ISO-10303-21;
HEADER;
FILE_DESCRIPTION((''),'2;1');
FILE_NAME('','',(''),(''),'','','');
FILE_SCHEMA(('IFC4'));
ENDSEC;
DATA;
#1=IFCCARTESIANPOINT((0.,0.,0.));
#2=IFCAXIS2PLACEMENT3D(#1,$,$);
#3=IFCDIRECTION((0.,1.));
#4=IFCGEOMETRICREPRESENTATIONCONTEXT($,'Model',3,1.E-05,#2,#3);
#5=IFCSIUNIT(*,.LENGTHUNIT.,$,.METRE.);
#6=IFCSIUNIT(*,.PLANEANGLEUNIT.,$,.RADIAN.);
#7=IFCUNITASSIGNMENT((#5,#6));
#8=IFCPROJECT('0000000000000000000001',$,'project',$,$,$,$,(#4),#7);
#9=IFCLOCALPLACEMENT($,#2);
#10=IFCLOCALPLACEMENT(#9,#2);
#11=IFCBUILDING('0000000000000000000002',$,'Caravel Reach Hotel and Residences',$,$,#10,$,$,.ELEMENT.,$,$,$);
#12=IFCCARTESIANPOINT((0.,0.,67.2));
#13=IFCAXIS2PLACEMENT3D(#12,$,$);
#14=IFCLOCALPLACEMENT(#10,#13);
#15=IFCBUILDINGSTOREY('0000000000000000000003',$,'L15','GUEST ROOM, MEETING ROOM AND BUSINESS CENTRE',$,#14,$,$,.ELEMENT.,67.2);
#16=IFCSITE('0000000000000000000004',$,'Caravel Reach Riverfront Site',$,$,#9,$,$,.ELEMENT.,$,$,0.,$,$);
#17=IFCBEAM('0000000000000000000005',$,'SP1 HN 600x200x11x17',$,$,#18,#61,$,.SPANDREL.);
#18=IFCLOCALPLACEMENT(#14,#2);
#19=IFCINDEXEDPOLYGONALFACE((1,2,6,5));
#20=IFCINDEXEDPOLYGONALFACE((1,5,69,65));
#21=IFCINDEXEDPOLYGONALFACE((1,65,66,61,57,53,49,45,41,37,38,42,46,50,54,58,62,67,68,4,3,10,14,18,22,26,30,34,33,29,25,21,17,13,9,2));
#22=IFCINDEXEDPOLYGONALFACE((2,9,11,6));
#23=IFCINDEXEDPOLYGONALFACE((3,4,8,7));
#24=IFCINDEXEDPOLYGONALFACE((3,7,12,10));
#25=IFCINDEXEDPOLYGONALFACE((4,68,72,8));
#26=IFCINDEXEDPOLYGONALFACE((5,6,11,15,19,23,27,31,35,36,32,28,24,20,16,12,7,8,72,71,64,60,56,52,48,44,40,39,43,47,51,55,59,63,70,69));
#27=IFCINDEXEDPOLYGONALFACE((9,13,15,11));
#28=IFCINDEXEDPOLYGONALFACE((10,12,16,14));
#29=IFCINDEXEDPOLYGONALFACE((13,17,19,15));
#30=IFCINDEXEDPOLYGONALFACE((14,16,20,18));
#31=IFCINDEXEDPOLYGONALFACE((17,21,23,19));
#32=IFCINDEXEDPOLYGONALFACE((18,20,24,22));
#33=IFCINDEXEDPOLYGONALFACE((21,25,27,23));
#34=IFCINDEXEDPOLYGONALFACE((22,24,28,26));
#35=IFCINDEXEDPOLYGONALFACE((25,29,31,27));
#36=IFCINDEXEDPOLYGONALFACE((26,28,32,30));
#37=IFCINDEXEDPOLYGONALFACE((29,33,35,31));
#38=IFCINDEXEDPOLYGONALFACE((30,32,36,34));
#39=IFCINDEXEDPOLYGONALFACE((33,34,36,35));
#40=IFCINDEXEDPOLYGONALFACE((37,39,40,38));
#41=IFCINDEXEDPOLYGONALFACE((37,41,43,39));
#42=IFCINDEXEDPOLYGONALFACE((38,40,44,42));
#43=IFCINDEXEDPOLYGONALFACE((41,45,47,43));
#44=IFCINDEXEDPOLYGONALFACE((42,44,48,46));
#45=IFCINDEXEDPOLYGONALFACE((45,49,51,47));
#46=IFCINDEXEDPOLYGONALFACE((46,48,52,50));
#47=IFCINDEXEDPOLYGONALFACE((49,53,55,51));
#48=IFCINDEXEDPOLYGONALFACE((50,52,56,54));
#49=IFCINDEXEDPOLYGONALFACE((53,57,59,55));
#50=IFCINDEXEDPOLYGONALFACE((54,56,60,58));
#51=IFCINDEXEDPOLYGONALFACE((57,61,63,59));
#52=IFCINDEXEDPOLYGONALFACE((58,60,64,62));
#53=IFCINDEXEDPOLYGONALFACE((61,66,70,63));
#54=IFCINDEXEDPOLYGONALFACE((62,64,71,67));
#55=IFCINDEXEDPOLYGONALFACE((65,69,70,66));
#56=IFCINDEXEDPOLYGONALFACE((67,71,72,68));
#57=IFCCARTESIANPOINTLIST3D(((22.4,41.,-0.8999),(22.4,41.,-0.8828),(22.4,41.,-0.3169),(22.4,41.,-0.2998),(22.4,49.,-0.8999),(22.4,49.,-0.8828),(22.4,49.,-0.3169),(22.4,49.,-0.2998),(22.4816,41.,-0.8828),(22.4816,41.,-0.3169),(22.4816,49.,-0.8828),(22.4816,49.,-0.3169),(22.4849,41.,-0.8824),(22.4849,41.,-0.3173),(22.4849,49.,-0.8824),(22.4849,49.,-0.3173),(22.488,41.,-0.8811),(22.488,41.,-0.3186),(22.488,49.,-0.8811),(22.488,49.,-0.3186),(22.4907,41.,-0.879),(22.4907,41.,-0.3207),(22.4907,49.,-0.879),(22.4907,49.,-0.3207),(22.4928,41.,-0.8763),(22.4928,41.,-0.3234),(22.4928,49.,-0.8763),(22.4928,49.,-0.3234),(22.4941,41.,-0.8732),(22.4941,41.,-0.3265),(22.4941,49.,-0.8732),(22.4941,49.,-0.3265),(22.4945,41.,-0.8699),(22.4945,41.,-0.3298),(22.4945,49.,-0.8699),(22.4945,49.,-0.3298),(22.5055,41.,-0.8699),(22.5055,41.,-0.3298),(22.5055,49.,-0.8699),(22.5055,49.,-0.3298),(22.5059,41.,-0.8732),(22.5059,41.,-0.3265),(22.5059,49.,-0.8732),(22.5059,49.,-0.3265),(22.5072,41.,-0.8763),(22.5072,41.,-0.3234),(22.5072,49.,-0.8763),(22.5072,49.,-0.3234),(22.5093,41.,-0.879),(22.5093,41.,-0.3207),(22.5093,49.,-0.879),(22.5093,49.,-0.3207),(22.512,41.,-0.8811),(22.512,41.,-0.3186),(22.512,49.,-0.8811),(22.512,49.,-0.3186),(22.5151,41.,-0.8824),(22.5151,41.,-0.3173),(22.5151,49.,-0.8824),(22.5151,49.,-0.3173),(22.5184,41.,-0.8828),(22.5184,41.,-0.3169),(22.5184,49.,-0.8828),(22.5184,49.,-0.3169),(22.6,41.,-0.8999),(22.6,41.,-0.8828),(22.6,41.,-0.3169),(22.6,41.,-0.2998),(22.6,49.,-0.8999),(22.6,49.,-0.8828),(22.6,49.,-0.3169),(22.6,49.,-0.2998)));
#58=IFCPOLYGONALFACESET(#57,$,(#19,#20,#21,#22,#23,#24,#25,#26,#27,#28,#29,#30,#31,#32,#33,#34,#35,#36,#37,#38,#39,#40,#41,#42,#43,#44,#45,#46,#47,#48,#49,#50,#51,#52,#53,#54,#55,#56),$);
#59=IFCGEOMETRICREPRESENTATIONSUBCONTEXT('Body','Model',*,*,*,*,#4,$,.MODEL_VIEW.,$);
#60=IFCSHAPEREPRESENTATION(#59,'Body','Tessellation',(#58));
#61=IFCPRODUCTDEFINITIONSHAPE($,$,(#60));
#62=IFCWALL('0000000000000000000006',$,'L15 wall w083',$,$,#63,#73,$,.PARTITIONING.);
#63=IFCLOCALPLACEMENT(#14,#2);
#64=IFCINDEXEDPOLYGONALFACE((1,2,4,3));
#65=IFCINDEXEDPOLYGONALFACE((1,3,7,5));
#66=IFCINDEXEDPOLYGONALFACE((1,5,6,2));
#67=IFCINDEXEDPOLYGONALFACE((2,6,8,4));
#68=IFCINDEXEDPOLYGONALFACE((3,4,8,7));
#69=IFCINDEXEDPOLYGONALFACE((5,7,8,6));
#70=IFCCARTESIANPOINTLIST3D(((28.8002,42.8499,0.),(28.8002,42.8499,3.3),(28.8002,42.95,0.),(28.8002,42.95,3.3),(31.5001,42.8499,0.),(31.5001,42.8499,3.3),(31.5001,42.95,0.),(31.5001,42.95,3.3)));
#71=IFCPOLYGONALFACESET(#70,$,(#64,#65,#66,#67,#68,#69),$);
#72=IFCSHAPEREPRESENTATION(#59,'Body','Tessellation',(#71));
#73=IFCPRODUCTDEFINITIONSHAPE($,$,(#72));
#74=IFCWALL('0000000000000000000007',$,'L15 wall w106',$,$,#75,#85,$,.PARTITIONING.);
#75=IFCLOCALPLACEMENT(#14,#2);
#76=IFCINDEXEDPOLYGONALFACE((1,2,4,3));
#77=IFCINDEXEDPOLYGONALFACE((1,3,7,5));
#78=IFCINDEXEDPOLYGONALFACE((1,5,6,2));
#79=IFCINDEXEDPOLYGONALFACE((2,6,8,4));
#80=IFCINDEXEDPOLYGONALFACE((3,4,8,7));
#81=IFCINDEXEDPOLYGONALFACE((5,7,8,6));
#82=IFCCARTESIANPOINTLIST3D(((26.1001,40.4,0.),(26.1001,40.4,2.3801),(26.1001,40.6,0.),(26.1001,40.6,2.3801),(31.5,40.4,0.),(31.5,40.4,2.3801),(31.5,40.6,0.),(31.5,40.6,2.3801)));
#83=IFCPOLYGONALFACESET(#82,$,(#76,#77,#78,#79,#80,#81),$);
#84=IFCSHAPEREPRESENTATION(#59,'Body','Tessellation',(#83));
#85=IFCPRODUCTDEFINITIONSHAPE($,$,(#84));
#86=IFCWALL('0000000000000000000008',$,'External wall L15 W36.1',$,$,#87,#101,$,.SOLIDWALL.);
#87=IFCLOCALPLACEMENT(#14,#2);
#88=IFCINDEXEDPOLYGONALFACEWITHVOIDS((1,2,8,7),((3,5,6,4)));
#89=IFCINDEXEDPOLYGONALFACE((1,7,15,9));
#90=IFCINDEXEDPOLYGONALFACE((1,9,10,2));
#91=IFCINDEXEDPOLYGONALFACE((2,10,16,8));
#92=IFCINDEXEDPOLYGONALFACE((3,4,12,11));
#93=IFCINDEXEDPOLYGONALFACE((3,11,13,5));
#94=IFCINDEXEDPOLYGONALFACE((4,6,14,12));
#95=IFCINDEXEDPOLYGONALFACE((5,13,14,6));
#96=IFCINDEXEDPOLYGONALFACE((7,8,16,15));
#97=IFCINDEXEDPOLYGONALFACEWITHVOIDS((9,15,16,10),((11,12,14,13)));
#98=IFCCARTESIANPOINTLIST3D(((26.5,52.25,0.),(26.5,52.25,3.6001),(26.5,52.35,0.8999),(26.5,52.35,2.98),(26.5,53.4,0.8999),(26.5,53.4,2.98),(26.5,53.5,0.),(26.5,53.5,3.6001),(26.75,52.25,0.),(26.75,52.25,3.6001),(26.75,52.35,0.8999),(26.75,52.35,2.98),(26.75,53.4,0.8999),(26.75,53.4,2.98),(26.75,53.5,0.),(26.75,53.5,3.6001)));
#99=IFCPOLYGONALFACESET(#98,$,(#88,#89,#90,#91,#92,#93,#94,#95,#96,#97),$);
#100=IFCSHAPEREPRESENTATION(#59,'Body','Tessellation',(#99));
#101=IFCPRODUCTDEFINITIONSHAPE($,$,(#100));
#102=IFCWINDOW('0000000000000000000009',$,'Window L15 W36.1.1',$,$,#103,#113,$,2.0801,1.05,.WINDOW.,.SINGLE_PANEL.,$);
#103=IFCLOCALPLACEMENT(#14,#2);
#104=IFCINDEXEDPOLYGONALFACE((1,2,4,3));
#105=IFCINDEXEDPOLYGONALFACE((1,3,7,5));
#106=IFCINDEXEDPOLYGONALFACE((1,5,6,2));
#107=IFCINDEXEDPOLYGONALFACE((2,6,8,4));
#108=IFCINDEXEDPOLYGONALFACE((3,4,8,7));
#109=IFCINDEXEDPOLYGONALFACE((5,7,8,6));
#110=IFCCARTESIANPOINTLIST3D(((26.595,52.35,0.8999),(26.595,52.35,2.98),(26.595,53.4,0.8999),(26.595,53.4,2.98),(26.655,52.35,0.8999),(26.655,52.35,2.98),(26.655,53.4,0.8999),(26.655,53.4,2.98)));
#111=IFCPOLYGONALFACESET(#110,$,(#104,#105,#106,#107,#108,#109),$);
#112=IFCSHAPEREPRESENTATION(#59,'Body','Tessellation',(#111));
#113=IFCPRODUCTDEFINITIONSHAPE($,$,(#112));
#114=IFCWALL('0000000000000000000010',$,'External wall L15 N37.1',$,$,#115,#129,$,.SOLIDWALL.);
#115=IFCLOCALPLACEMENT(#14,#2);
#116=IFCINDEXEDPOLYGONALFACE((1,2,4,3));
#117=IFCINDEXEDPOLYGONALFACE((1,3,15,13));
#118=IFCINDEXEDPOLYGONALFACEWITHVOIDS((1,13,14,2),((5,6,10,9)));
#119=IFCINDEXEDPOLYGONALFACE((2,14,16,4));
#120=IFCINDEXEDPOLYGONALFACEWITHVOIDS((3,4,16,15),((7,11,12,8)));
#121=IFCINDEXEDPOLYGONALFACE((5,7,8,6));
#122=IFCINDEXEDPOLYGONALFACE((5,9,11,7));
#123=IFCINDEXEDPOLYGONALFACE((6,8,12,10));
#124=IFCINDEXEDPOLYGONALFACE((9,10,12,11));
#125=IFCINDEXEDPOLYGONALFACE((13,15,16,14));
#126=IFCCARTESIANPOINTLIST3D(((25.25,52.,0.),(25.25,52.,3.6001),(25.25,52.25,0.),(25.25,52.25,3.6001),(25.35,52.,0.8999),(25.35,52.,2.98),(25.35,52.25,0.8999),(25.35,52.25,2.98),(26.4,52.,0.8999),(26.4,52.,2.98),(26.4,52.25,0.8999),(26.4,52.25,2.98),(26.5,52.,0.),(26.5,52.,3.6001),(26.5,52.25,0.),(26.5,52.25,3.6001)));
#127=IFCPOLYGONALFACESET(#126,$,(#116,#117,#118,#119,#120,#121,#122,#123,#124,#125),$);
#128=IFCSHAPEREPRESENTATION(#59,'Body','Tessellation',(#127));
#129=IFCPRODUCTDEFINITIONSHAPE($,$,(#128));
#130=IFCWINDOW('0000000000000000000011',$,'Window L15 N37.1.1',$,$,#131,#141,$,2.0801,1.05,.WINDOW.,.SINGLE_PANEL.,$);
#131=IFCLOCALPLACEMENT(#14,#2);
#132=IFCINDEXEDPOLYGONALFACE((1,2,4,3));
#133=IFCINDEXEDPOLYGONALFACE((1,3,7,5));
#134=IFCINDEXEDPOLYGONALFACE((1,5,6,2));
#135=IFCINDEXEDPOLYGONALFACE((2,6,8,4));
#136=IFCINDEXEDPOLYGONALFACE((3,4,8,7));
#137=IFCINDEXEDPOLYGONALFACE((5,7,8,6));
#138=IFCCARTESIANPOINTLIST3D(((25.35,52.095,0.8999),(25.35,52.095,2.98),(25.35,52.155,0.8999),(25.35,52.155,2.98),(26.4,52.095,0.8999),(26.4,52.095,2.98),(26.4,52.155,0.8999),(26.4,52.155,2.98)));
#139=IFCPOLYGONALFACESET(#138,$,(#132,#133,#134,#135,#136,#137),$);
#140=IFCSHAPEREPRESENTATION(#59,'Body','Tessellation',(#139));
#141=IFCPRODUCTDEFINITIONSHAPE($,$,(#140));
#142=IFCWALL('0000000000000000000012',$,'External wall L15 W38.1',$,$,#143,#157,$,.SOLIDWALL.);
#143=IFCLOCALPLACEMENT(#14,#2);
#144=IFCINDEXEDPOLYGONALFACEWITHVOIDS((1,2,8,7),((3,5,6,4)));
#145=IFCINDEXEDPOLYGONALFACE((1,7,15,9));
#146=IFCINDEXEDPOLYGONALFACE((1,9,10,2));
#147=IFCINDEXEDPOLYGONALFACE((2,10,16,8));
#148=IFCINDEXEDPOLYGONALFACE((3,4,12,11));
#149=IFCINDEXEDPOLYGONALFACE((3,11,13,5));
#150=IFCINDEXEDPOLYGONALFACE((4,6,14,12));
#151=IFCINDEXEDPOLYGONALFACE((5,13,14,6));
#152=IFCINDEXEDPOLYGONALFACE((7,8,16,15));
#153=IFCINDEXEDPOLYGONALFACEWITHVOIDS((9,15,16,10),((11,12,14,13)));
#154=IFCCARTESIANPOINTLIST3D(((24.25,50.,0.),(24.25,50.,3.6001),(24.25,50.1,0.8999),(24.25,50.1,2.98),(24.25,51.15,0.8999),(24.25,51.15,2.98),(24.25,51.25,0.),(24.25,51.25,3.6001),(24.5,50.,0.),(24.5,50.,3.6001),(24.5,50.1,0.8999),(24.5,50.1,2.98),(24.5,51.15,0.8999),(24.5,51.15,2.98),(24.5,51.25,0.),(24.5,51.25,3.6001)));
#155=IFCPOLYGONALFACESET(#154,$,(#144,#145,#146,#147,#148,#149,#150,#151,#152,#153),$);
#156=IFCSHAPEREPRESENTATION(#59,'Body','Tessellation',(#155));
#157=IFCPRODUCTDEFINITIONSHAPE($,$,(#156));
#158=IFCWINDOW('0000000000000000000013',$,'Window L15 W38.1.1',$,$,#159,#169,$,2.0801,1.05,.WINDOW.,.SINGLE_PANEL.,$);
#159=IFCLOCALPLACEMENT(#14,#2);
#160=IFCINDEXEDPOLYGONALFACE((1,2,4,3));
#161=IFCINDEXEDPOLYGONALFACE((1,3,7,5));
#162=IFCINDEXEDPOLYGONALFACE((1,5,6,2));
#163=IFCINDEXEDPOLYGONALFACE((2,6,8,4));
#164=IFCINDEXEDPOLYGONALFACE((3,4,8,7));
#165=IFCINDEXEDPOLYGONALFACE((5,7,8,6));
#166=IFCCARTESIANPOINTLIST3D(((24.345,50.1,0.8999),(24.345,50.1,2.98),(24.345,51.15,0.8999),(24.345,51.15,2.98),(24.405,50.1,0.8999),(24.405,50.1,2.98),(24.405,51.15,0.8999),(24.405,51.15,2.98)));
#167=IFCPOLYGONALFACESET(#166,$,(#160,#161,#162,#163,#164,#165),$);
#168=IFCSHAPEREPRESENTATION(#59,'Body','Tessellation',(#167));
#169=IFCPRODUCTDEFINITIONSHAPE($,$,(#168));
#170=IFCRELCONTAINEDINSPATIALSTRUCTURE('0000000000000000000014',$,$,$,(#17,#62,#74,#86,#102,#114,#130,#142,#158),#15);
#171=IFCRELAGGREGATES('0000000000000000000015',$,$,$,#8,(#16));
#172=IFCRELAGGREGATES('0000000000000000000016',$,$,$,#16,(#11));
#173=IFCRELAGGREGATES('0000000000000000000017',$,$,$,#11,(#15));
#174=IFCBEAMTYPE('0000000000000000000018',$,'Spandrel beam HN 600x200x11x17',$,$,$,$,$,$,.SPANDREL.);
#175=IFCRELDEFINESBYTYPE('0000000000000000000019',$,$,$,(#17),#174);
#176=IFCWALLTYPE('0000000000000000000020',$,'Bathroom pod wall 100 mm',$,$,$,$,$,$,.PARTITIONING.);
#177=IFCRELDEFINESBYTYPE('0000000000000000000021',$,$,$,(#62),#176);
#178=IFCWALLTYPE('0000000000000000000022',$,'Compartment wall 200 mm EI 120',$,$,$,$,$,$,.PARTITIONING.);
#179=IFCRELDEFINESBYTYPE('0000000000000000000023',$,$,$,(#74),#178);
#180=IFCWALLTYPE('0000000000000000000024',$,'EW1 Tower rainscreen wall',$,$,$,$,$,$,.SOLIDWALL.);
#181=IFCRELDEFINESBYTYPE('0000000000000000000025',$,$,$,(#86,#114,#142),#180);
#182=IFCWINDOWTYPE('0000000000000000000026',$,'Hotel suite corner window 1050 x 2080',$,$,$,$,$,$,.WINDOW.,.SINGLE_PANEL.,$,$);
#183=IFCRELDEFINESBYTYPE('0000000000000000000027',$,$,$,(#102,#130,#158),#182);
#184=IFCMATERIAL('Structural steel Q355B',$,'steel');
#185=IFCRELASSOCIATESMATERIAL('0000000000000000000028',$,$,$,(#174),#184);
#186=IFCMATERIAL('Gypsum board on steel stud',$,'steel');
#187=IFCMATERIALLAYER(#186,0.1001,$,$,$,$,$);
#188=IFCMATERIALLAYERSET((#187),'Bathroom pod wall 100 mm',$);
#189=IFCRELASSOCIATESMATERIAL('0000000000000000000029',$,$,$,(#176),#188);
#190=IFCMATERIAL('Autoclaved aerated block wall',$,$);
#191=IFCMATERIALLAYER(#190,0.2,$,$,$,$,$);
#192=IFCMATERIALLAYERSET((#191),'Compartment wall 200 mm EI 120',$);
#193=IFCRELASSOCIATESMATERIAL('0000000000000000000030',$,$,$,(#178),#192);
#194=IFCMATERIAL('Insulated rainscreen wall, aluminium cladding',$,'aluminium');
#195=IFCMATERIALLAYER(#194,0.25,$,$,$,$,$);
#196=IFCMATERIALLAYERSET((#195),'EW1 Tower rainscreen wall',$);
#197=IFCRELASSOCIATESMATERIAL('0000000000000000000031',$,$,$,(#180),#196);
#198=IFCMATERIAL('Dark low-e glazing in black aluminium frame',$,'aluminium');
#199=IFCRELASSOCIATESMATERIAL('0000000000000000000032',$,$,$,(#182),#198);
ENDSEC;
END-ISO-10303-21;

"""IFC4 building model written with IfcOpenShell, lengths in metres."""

from ifc_helpers import new_model, si_unit, direction, frame, frame_2d, origin, origin_2d, place, context, subcontext, project, spatial, rectangle, i_section, extrude, material, layer, layer_set, material_profile, profile_set, type_object, element, fill, save


model = new_model("IFC4")

# Units and contexts
model_context = context("Model", 3, precision=1e-05, world=origin(), true_north=direction((0.0, 1.0)))
body_context = subcontext(model_context, "Body", "Model", "MODEL_VIEW")
ifc_project = project(units=[si_unit("LENGTHUNIT", "METRE"), si_unit("PLANEANGLEUNIT", "RADIAN")], contexts=[model_context])

# Site, building, storey
site_placement = place(None, origin())
site = spatial("IfcSite", under=ifc_project, at=site_placement, Name="Caravel Reach Riverfront Site", CompositionType="ELEMENT", RefElevation=0.0)
building_placement = place(site_placement, origin())
building = spatial("IfcBuilding", under=site, at=building_placement, Name="Caravel Reach Hotel and Residences", CompositionType="ELEMENT")
storey_placement = place(building_placement, frame((0.0, 0.0, 67.2)))
storey = spatial("IfcBuildingStorey", under=building, at=storey_placement, Name="L15", Description="GUEST ROOM, MEETING ROOM AND BUSINESS CENTRE", CompositionType="ELEMENT", Elevation=67.2)

# Beam
ifc_material_1 = material(Name="Structural steel Q355B", Category="steel")
ifc_material_profile_1 = material_profile(ifc_material_1, i_section(OverallWidth=0.2, OverallDepth=0.6001, WebThickness=0.011, FlangeThickness=0.0171, FilletRadius=0.0129, at=origin_2d()), Name="HN 600x200x11x17")
ifc_profile_set_1 = profile_set([ifc_material_profile_1], Name="Structural steel Q355B")
beam_type_1 = type_object("IfcBeamType", Name="Spandrel beam HN 600x200x11x17", PredefinedType="SPANDREL", material=ifc_profile_set_1)
beam_1_placement = place(storey_placement, frame((22.5, 49.0, -0.5999), z_axis=(0.0, -1.0, 0.0), x_axis=(1.0, 0.0, 0.0)))
element("IfcBeam", 1, at=beam_1_placement, inside=storey, type_object=beam_type_1, Name="SP1 HN 600x200x11x17", PredefinedType="SPANDREL", context=body_context, shape_type="SweptSolid", body=[
    extrude(i_section(OverallWidth=0.2, OverallDepth=0.6001, WebThickness=0.011, FlangeThickness=0.0171, FilletRadius=0.0129, at=origin_2d()), origin(), (0.0, 0.0, 1.0), 8.0),
])

# Walls
ifc_material_2 = material(Name="Gypsum board on steel stud", Category="steel")
ifc_layer_1 = layer(ifc_material_2, 0.1001)
ifc_layer_set_1 = layer_set([ifc_layer_1], Name="Bathroom pod wall 100 mm")
wall_type_1 = type_object("IfcWallType", Name="Bathroom pod wall 100 mm", PredefinedType="PARTITIONING", material=ifc_layer_set_1)
wall_1_placement = place(storey_placement, frame((28.8, 42.8999, 0.0), z_axis=(0.0, 0.0, 1.0), x_axis=(1.0, 0.0, 0.0)))
element("IfcWall", 2, at=wall_1_placement, inside=storey, type_object=wall_type_1, Name="L15 wall w083", PredefinedType="PARTITIONING", context=body_context, shape_type="SweptSolid", body=[
    extrude(rectangle(XDim=2.7, YDim=0.1001, at=frame_2d((1.3501, 0.0))), origin(), (0.0, 0.0, 1.0), 3.3),
])
ifc_material_3 = material(Name="Autoclaved aerated block wall")
ifc_layer_2 = layer(ifc_material_3, 0.2)
ifc_layer_set_2 = layer_set([ifc_layer_2], Name="Compartment wall 200 mm EI 120")
wall_type_2 = type_object("IfcWallType", Name="Compartment wall 200 mm EI 120", PredefinedType="PARTITIONING", material=ifc_layer_set_2)
wall_2_placement = place(storey_placement, frame((26.1001, 40.5, 0.0), z_axis=(0.0, 0.0, 1.0), x_axis=(1.0, 0.0, 0.0)))
element("IfcWall", 3, at=wall_2_placement, inside=storey, type_object=wall_type_2, Name="L15 wall w106", PredefinedType="PARTITIONING", context=body_context, shape_type="SweptSolid", body=[
    extrude(rectangle(XDim=5.3999, YDim=0.2, at=frame_2d((2.7, 0.0))), origin(), (0.0, 0.0, 1.0), 2.3801),
])

# Walls, openings, windows
ifc_material_4 = material(Name="Insulated rainscreen wall, aluminium cladding", Category="aluminium")
ifc_layer_3 = layer(ifc_material_4, 0.25)
ifc_layer_set_3 = layer_set([ifc_layer_3], Name="EW1 Tower rainscreen wall")
wall_type_3 = type_object("IfcWallType", Name="EW1 Tower rainscreen wall", PredefinedType="SOLIDWALL", material=ifc_layer_set_3)
wall_3_placement = place(storey_placement, frame((26.625, 53.5, 0.0), z_axis=(0.0, 0.0, 1.0), x_axis=(0.0, -1.0, 0.0)))
wall_3 = element("IfcWall", 4, at=wall_3_placement, inside=storey, type_object=wall_type_3, Name="External wall L15 W36.1", PredefinedType="SOLIDWALL", context=body_context, shape_type="SweptSolid", body=[
    extrude(rectangle(XDim=1.25, YDim=0.25, at=frame_2d((0.625, 0.0))), origin(), (0.0, 0.0, 1.0), 3.6001),
])
opening_1_placement = place(wall_3_placement, frame((0.1001, 0.0, 0.8999)))
opening_1 = element("IfcOpeningElement", 5, at=opening_1_placement, cuts=wall_3, PredefinedType="OPENING", context=body_context, shape_type="SweptSolid", body=[
    extrude(rectangle(XDim=1.05, YDim=2.0801, at=frame_2d((0.5249, 1.04))), frame((0.0, 0.135, 0.0), z_axis=(0.0, -1.0, 0.0), x_axis=(1.0, 0.0, 0.0)), (0.0, 0.0, 1.0), 0.27),
])
ifc_material_5 = material(Name="Dark low-e glazing in black aluminium frame", Category="aluminium")
window_type_1 = type_object("IfcWindowType", Name="Hotel suite corner window 1050 x 2080", PartitioningType="SINGLE_PANEL", PredefinedType="WINDOW", material=ifc_material_5)
window_1_placement = place(opening_1_placement, origin())
window_1 = element("IfcWindow", 6, at=window_1_placement, inside=storey, type_object=window_type_1, Name="Window L15 W36.1.1", OverallHeight=2.0801, OverallWidth=1.05, PartitioningType="SINGLE_PANEL", PredefinedType="WINDOW", context=body_context, shape_type="SweptSolid", body=[
    extrude(rectangle(XDim=1.05, YDim=2.0801, at=frame_2d((0.5249, 1.04))), frame((0.0, 0.03, 0.0), z_axis=(0.0, -1.0, 0.0), x_axis=(1.0, 0.0, 0.0)), (0.0, 0.0, 1.0), 0.0601),
])
fill(opening_1, window_1)
wall_4_placement = place(storey_placement, frame((26.5, 52.125, 0.0), z_axis=(0.0, 0.0, 1.0), x_axis=(-1.0, 0.0, 0.0)))
wall_4 = element("IfcWall", 7, at=wall_4_placement, inside=storey, type_object=wall_type_3, Name="External wall L15 N37.1", PredefinedType="SOLIDWALL", context=body_context, shape_type="SweptSolid", body=[
    extrude(rectangle(XDim=1.25, YDim=0.25, at=frame_2d((0.625, 0.0))), origin(), (0.0, 0.0, 1.0), 3.6001),
])
opening_2_placement = place(wall_4_placement, frame((0.1001, 0.0, 0.8999)))
opening_2 = element("IfcOpeningElement", 8, at=opening_2_placement, cuts=wall_4, PredefinedType="OPENING", context=body_context, shape_type="SweptSolid", body=[
    extrude(rectangle(XDim=1.05, YDim=2.0801, at=frame_2d((0.5249, 1.04))), frame((0.0, 0.135, 0.0), z_axis=(0.0, -1.0, 0.0), x_axis=(1.0, 0.0, 0.0)), (0.0, 0.0, 1.0), 0.27),
])
window_2_placement = place(opening_2_placement, origin())
window_2 = element("IfcWindow", 9, at=window_2_placement, inside=storey, type_object=window_type_1, Name="Window L15 N37.1.1", OverallHeight=2.0801, OverallWidth=1.05, PartitioningType="SINGLE_PANEL", PredefinedType="WINDOW", context=body_context, shape_type="SweptSolid", body=[
    extrude(rectangle(XDim=1.05, YDim=2.0801, at=frame_2d((0.5249, 1.04))), frame((0.0, 0.03, 0.0), z_axis=(0.0, -1.0, 0.0), x_axis=(1.0, 0.0, 0.0)), (0.0, 0.0, 1.0), 0.0601),
])
fill(opening_2, window_2)
wall_5_placement = place(storey_placement, frame((24.375, 51.25, 0.0), z_axis=(0.0, 0.0, 1.0), x_axis=(0.0, -1.0, 0.0)))
wall_5 = element("IfcWall", 10, at=wall_5_placement, inside=storey, type_object=wall_type_3, Name="External wall L15 W38.1", PredefinedType="SOLIDWALL", context=body_context, shape_type="SweptSolid", body=[
    extrude(rectangle(XDim=1.25, YDim=0.25, at=frame_2d((0.625, 0.0))), origin(), (0.0, 0.0, 1.0), 3.6001),
])
opening_3_placement = place(wall_5_placement, frame((0.1001, 0.0, 0.8999)))
opening_3 = element("IfcOpeningElement", 11, at=opening_3_placement, cuts=wall_5, PredefinedType="OPENING", context=body_context, shape_type="SweptSolid", body=[
    extrude(rectangle(XDim=1.05, YDim=2.0801, at=frame_2d((0.5249, 1.04))), frame((0.0, 0.135, 0.0), z_axis=(0.0, -1.0, 0.0), x_axis=(1.0, 0.0, 0.0)), (0.0, 0.0, 1.0), 0.27),
])
window_3_placement = place(opening_3_placement, origin())
window_3 = element("IfcWindow", 12, at=window_3_placement, inside=storey, type_object=window_type_1, Name="Window L15 W38.1.1", OverallHeight=2.0801, OverallWidth=1.05, PartitioningType="SINGLE_PANEL", PredefinedType="WINDOW", context=body_context, shape_type="SweptSolid", body=[
    extrude(rectangle(XDim=1.05, YDim=2.0801, at=frame_2d((0.5249, 1.04))), frame((0.0, 0.03, 0.0), z_axis=(0.0, -1.0, 0.0), x_axis=(1.0, 0.0, 0.0)), (0.0, 0.0, 1.0), 0.0601),
])
fill(opening_3, window_3)

save(model, "model.ifc")
